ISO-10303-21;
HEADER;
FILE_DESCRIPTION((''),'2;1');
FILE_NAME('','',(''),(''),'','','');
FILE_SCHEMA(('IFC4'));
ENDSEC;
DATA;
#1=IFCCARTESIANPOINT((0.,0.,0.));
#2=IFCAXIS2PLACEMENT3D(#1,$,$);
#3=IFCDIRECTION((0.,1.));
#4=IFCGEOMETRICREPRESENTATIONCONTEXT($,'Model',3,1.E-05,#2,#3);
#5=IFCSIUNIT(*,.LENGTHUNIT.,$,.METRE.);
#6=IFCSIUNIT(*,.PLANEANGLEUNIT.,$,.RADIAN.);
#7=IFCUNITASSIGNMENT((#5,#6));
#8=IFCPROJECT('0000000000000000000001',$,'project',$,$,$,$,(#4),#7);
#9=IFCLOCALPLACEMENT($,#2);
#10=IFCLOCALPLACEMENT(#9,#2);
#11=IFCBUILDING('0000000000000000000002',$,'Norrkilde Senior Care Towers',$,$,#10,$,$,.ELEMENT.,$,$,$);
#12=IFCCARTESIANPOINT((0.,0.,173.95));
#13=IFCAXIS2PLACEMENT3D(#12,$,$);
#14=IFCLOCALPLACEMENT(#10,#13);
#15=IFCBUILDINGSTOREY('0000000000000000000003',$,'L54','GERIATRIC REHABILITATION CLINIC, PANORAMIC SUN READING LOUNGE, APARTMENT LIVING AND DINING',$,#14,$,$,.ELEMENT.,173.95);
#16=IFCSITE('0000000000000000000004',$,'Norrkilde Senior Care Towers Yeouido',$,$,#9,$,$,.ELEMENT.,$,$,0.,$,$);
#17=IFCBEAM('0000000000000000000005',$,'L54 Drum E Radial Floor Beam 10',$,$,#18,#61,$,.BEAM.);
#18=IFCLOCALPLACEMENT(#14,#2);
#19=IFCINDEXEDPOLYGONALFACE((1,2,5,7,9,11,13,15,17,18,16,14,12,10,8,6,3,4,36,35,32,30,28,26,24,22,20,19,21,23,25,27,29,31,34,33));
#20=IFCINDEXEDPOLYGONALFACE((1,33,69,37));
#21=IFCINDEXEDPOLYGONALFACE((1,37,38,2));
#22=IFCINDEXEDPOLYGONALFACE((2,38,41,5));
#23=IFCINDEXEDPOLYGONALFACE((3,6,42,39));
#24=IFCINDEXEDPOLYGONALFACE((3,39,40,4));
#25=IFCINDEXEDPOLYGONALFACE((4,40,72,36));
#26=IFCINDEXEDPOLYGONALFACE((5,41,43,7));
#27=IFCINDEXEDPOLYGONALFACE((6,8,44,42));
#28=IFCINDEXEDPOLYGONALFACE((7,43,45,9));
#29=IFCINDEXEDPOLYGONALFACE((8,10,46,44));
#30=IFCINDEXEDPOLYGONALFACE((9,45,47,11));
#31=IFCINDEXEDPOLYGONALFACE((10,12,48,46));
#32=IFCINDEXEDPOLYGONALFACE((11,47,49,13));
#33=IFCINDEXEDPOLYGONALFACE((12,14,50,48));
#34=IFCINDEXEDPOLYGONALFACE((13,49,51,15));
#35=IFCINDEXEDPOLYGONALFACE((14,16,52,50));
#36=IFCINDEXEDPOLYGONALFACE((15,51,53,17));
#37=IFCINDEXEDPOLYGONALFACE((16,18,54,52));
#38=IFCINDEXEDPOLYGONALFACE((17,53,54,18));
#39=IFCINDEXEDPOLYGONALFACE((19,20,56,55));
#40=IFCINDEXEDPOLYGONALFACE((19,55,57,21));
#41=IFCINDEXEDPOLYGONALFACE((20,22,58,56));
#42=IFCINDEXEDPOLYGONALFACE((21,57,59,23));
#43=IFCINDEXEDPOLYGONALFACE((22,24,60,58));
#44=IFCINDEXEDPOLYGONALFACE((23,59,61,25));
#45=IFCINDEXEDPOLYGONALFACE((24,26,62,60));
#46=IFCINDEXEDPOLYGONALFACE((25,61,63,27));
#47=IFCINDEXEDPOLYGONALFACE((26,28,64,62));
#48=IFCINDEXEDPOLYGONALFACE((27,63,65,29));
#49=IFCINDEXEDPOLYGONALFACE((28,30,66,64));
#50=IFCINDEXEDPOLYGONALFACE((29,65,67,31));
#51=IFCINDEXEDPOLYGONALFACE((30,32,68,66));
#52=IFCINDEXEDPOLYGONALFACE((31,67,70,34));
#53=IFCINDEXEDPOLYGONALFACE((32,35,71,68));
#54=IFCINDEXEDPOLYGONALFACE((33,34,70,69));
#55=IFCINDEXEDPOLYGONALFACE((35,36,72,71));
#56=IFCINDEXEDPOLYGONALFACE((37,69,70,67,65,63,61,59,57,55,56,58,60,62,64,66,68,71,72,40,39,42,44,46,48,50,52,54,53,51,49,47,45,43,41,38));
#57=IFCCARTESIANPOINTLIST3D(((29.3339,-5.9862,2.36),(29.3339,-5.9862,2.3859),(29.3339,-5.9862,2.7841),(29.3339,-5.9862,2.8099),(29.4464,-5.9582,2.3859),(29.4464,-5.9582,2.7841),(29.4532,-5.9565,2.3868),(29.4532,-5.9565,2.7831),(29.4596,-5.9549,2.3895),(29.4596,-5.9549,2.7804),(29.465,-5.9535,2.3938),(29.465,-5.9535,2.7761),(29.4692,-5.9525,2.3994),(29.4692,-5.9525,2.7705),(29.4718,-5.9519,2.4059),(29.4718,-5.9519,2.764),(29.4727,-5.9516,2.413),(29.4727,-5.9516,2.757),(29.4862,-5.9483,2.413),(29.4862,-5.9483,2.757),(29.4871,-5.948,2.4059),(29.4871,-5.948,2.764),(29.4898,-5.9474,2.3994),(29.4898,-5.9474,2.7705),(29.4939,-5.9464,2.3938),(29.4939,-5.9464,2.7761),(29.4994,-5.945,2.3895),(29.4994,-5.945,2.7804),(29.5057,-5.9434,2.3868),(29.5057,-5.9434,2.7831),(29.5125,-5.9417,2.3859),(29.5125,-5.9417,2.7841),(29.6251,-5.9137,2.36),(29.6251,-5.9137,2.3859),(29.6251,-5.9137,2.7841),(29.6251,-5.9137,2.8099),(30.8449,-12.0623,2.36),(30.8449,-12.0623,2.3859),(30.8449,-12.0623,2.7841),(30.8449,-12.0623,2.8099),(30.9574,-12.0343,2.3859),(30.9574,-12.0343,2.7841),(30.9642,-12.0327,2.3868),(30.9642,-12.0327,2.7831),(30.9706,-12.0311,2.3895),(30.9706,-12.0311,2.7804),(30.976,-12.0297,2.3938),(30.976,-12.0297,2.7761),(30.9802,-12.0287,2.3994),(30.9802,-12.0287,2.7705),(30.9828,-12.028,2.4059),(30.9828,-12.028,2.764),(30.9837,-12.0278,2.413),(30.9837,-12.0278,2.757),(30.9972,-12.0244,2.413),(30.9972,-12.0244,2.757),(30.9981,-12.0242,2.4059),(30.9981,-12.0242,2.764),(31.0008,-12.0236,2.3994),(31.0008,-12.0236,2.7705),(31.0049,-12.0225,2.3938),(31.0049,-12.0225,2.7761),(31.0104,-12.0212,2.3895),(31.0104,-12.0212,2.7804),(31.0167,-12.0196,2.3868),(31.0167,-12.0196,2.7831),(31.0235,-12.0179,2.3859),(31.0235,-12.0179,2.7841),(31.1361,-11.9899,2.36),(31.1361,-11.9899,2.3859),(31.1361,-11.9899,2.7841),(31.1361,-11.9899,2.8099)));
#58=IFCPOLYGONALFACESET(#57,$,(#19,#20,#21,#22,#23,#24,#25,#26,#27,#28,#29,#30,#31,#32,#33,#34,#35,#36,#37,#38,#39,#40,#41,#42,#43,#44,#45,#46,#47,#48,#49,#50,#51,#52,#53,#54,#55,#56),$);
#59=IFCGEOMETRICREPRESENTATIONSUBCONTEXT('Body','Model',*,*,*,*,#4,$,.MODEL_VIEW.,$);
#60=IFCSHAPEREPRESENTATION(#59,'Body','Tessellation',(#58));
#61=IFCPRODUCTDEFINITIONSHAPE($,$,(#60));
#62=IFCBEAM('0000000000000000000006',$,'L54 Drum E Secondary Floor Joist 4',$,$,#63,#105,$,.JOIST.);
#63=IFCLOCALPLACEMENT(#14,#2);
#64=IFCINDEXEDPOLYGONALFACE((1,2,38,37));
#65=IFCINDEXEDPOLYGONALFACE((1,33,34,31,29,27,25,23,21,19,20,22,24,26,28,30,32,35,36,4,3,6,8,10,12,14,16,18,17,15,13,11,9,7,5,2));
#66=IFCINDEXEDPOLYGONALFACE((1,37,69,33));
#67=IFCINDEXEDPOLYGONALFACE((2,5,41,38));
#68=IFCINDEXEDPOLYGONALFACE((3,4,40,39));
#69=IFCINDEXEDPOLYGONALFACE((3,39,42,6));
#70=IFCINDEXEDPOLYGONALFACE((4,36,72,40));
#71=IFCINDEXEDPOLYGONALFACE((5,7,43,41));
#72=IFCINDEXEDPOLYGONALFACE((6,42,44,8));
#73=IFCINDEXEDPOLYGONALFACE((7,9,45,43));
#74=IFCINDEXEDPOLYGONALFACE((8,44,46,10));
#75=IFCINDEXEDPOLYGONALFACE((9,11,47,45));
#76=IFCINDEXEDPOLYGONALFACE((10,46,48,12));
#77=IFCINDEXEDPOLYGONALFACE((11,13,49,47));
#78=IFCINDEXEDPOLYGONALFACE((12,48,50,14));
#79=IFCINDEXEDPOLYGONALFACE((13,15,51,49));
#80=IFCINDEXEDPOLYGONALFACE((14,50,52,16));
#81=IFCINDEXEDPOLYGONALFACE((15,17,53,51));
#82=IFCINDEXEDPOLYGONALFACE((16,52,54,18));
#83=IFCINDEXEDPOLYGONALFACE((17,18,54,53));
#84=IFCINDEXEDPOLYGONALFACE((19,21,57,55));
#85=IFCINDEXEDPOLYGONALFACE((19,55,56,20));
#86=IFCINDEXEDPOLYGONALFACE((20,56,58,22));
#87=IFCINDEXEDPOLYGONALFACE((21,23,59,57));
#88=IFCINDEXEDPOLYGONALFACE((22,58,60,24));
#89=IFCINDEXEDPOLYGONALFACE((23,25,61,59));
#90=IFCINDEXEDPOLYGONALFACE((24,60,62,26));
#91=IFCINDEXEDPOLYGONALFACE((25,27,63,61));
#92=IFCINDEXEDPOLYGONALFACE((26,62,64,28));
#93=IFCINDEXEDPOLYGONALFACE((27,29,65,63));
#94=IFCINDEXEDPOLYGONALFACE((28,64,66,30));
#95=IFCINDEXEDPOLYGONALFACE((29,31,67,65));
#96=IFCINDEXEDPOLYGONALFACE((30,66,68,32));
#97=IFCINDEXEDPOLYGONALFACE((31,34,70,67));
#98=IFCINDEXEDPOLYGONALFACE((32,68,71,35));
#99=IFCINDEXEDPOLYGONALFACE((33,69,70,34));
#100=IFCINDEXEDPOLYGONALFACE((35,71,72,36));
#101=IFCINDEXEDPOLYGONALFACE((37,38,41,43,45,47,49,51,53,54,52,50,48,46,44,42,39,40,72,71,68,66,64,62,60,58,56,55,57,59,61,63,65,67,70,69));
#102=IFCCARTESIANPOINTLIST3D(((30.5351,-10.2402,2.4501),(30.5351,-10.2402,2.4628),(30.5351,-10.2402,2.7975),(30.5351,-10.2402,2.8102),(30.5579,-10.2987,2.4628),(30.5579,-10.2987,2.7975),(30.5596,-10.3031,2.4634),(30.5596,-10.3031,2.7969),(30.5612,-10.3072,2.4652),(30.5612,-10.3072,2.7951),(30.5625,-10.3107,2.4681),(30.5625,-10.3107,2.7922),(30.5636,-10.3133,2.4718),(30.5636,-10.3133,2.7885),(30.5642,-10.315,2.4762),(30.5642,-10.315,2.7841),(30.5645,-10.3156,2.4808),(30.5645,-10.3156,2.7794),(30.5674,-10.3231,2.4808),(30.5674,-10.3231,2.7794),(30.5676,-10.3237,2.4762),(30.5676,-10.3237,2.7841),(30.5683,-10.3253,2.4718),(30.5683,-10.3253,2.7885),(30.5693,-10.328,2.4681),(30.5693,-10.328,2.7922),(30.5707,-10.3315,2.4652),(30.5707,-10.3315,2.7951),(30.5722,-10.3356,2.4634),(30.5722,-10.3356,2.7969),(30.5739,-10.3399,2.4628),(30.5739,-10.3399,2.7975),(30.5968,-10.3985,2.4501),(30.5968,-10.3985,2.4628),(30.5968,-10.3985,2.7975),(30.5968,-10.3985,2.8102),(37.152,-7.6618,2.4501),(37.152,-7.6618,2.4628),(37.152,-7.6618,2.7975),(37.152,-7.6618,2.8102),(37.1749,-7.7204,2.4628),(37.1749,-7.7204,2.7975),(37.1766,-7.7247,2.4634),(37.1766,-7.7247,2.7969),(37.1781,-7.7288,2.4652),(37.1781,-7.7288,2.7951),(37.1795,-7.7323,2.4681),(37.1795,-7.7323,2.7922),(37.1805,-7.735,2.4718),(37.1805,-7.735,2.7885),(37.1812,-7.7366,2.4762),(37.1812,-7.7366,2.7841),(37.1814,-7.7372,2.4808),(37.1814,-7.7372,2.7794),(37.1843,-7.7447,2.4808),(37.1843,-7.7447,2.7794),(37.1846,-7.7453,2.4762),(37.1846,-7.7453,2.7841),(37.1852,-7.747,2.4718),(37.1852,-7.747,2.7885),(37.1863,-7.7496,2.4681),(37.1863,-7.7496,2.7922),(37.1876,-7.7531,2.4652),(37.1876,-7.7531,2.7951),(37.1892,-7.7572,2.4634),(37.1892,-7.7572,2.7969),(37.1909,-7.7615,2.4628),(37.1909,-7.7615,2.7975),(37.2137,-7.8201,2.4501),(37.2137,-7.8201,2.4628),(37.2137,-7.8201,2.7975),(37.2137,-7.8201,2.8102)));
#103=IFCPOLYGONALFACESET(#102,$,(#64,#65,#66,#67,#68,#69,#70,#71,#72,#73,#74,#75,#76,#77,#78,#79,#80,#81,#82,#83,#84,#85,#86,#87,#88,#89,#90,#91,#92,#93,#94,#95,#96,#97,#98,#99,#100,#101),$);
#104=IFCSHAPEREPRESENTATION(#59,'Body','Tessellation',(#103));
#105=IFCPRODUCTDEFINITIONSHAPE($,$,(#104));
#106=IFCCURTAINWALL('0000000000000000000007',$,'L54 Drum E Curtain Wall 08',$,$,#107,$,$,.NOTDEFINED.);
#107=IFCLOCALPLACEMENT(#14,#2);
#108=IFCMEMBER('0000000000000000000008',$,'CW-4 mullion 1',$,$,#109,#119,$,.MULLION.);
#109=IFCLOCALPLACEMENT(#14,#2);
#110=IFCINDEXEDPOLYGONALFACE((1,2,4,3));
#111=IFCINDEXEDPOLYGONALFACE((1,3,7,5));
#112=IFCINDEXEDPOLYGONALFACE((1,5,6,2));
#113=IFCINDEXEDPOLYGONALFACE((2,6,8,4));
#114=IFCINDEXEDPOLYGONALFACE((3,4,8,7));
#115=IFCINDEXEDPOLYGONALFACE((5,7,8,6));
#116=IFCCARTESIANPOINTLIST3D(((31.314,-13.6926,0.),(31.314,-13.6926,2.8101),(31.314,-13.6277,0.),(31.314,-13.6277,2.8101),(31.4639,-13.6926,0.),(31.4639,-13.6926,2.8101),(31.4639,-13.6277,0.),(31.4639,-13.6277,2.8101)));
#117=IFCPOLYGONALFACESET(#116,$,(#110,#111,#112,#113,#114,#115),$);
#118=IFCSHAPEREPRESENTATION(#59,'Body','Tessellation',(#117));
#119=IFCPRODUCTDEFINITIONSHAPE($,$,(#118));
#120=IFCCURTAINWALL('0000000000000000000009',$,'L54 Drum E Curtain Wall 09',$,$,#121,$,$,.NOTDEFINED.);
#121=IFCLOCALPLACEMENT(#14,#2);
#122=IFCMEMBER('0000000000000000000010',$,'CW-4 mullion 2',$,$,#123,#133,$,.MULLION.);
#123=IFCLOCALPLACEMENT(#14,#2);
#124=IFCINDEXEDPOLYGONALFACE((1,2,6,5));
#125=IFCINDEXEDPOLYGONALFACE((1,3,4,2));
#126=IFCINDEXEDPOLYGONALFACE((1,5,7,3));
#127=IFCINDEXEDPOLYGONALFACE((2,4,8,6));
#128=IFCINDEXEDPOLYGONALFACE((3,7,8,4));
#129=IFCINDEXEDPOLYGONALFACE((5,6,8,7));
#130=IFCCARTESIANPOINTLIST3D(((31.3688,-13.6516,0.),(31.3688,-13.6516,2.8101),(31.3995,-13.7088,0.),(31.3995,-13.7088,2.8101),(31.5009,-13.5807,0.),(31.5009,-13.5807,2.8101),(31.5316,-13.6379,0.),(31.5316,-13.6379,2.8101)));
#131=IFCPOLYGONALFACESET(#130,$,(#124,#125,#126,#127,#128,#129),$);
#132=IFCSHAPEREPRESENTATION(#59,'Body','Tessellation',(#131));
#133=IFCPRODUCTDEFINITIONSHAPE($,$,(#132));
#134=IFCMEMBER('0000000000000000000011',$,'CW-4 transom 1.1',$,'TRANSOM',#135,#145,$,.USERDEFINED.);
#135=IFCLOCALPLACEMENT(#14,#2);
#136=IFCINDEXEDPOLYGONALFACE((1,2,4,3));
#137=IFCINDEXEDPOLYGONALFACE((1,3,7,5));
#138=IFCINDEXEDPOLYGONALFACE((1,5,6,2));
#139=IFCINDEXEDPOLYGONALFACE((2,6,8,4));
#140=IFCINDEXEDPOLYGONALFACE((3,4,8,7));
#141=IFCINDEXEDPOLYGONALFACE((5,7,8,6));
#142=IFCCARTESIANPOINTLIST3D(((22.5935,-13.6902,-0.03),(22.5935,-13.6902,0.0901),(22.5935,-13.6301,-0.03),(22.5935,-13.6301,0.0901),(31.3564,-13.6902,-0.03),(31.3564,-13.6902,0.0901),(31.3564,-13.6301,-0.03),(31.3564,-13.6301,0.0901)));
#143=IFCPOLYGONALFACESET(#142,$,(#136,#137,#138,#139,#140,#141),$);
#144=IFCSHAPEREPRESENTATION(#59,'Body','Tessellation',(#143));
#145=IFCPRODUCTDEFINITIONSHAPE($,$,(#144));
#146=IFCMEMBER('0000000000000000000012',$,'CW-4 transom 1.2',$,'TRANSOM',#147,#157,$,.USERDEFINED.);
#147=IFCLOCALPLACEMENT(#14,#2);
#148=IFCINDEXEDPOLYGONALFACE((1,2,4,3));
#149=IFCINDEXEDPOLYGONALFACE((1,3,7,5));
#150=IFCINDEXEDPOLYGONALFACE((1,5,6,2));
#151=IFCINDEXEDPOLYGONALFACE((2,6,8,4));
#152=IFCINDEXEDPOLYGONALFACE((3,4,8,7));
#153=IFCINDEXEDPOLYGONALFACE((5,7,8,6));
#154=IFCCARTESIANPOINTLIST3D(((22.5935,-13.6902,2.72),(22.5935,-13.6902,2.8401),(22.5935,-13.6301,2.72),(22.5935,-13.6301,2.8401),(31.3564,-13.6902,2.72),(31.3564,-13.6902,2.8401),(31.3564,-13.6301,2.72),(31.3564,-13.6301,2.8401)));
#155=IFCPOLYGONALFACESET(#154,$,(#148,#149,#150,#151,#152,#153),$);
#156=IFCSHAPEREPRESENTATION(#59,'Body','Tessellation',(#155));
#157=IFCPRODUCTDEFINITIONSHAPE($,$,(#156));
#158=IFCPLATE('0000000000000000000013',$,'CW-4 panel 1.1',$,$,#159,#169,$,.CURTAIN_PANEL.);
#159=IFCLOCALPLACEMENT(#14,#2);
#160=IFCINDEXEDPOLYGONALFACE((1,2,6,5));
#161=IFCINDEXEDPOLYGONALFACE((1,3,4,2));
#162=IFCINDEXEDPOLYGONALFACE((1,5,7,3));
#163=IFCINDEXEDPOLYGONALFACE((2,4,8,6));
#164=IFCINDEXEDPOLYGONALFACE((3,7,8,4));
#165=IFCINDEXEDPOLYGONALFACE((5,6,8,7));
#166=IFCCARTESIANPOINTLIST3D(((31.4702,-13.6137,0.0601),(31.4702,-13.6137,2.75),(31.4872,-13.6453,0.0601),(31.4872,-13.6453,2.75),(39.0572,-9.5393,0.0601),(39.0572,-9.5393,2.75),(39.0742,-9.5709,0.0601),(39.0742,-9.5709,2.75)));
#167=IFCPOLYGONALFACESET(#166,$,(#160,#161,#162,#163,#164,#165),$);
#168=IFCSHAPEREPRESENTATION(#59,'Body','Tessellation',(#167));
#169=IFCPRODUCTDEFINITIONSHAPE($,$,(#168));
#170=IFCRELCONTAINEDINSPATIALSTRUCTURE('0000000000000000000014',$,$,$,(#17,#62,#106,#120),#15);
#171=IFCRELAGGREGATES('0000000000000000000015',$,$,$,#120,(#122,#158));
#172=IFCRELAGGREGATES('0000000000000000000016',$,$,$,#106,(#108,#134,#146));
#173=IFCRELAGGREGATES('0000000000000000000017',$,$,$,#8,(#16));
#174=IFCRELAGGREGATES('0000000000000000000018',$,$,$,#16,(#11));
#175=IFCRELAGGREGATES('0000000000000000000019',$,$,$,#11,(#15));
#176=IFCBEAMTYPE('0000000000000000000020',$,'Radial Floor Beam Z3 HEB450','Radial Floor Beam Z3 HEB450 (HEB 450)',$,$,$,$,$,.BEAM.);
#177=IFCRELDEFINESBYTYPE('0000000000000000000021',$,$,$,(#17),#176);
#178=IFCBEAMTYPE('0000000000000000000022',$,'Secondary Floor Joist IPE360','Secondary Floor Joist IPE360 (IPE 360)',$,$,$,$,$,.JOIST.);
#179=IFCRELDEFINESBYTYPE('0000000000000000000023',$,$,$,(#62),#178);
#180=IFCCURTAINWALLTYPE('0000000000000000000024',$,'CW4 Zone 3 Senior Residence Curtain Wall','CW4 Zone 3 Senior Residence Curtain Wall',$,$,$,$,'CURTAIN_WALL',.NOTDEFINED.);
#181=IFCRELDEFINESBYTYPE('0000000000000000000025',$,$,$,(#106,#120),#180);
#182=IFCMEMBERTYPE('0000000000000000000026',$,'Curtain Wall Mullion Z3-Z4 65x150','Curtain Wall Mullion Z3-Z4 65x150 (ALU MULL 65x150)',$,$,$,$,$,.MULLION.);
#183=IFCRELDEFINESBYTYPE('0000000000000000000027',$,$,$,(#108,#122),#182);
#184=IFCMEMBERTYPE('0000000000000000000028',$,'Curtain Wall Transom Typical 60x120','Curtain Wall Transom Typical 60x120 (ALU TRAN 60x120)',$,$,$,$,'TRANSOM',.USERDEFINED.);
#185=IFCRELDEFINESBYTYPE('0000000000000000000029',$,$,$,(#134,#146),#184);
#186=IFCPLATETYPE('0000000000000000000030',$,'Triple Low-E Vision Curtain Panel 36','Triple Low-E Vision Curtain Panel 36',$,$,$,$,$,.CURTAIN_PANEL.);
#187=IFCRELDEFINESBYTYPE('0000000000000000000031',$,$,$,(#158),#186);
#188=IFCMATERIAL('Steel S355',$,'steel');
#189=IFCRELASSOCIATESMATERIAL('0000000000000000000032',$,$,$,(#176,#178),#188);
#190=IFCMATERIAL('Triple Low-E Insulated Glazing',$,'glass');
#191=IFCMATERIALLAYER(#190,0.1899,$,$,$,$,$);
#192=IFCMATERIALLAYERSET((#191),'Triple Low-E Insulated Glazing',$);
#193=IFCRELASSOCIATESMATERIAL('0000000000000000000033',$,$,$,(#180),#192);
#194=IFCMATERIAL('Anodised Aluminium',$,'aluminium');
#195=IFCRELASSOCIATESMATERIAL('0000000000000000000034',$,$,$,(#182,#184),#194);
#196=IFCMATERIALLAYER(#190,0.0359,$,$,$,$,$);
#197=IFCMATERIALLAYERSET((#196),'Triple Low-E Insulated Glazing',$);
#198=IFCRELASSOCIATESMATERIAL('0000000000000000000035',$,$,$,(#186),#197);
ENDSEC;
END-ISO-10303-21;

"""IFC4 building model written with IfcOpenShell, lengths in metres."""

from ifc_helpers import new_model, si_unit, direction, frame, origin, origin_2d, place, context, subcontext, project, spatial, rectangle, i_section, extrude, source, transform, mapped, material, layer, layer_set, material_profile, profile_set, type_object, type_shapes, element, aggregate, save


model = new_model("IFC4")

# Units and contexts
model_context = context("Model", 3, precision=1e-05, world=origin(), true_north=direction((0.0, 1.0)))
body_context = subcontext(model_context, "Body", "Model", "MODEL_VIEW")
ifc_project = project(units=[si_unit("LENGTHUNIT", "METRE"), si_unit("PLANEANGLEUNIT", "RADIAN")], contexts=[model_context])

# Site, building, storey
site_placement = place(None, origin())
site = spatial("IfcSite", under=ifc_project, at=site_placement, Name="Norrkilde Senior Care Towers Yeouido", CompositionType="ELEMENT", RefElevation=0.0)
building_placement = place(site_placement, origin())
building = spatial("IfcBuilding", under=site, at=building_placement, Name="Norrkilde Senior Care Towers", CompositionType="ELEMENT")
storey_placement = place(building_placement, frame((0.0, 0.0, 173.95)))
storey = spatial("IfcBuildingStorey", under=building, at=storey_placement, Name="L54", Description="GERIATRIC REHABILITATION CLINIC, PANORAMIC SUN READING LOUNGE, APARTMENT LIVING AND DINING", CompositionType="ELEMENT", Elevation=173.95)

# Beams
ifc_material_1 = material(Name="Steel S355", Category="steel")
ifc_material_profile_1 = material_profile(ifc_material_1, i_section(OverallWidth=0.3, OverallDepth=0.45, WebThickness=0.0139, FlangeThickness=0.0259, FilletRadius=0.0271, at=origin_2d()), Name="HEB 450")
ifc_profile_set_1 = profile_set([ifc_material_profile_1], Name="Steel S355")
beam_type_1 = type_object("IfcBeamType", Name="Radial Floor Beam Z3 HEB450", Description="Radial Floor Beam Z3 HEB450 (HEB 450)", PredefinedType="BEAM", material=ifc_profile_set_1)
shared_shape_1 = source(origin(), body_context, "Body", "SweptSolid", [
    extrude(i_section(OverallWidth=0.3, OverallDepth=0.45, WebThickness=0.0139, FlangeThickness=0.0259, FilletRadius=0.0271, at=origin_2d()), origin(), (0.0, 0.0, 1.0), 6.2612),
])
beam_1_placement = place(storey_placement, frame((29.4795, -5.95, 2.585), z_axis=(0.241324, -0.970445, 0.0), x_axis=(0.970445, 0.241324, 0.0)))
element("IfcBeam", 1, at=beam_1_placement, inside=storey, type_object=beam_type_1, Name="L54 Drum E Radial Floor Beam 10", PredefinedType="BEAM", context=body_context, shape_type="MappedRepresentation", body=[
    mapped(shared_shape_1, transform((0.0, 0.0, 0.0), x_axis=(1.0, 0.0, 0.0), y_axis=(0.0, 1.0, 0.0), z_axis=(0.0, 0.0, 1.0), scale=1.0)),
])
ifc_material_profile_2 = material_profile(ifc_material_1, i_section(OverallWidth=0.1699, OverallDepth=0.3601, WebThickness=0.0081, FlangeThickness=0.0127, FilletRadius=0.0181, at=origin_2d()), Name="IPE 360")
ifc_profile_set_2 = profile_set([ifc_material_profile_2], Name="Steel S355")
beam_type_2 = type_object("IfcBeamType", Name="Secondary Floor Joist IPE360", Description="Secondary Floor Joist IPE360 (IPE 360)", PredefinedType="JOIST", material=ifc_profile_set_2)
shared_shape_2 = source(origin(), body_context, "Body", "SweptSolid", [
    extrude(i_section(OverallWidth=0.1699, OverallDepth=0.3601, WebThickness=0.0081, FlangeThickness=0.0127, FilletRadius=0.0181, at=origin_2d()), origin(), (0.0, 0.0, 1.0), 7.1016),
])
type_shapes(beam_type_2, [shared_shape_2])
beam_2_placement = place(storey_placement, frame((30.5659, -10.3193, 2.6301), z_axis=(0.931761, 0.363072, 0.0), x_axis=(-0.363072, 0.931761, 0.0)))
element("IfcBeam", 2, at=beam_2_placement, inside=storey, type_object=beam_type_2, Name="L54 Drum E Secondary Floor Joist 4", PredefinedType="JOIST", context=body_context, shape_type="MappedRepresentation", body=[
    mapped(shared_shape_2, transform((0.0, 0.0, 0.0), x_axis=(1.0, 0.0, 0.0), y_axis=(0.0, 1.0, 0.0), z_axis=(0.0, 0.0, 1.0), scale=1.0)),
])

# Curtain walls, members
ifc_material_2 = material(Name="Triple Low-E Insulated Glazing", Category="glass")
ifc_layer_1 = layer(ifc_material_2, 0.1899)
ifc_layer_set_1 = layer_set([ifc_layer_1], Name="Triple Low-E Insulated Glazing")
curtain_wall_type = type_object("IfcCurtainWallType", Name="CW4 Zone 3 Senior Residence Curtain Wall", Description="CW4 Zone 3 Senior Residence Curtain Wall", ElementType="CURTAIN_WALL", PredefinedType="NOTDEFINED", material=ifc_layer_set_1)
curtain_wall_1_placement = place(storey_placement, origin())
curtain_wall_1 = element("IfcCurtainWall", 3, at=curtain_wall_1_placement, inside=storey, type_object=curtain_wall_type, Name="L54 Drum E Curtain Wall 08", PredefinedType="NOTDEFINED")
ifc_material_3 = material(Name="Anodised Aluminium", Category="aluminium")
ifc_material_profile_3 = material_profile(ifc_material_3, rectangle(XDim=0.0649, YDim=0.1499, at=origin_2d()), Name="ALU MULL 65x150")
ifc_profile_set_3 = profile_set([ifc_material_profile_3], Name="Anodised Aluminium")
member_type_1 = type_object("IfcMemberType", Name="Curtain Wall Mullion Z3-Z4 65x150", Description="Curtain Wall Mullion Z3-Z4 65x150 (ALU MULL 65x150)", PredefinedType="MULLION", material=ifc_profile_set_3)
shared_shape_3 = source(origin(), body_context, "Body", "SweptSolid", [
    extrude(rectangle(XDim=0.0649, YDim=0.1499, at=origin_2d()), origin(), (0.0, 0.0, 1.0), 2.8101),
])
type_shapes(member_type_1, [shared_shape_3])
member_1_placement = place(storey_placement, frame((31.3889, -13.6602, 0.0), z_axis=(0.0, 0.0, 1.0), x_axis=(0.0, -1.0, 0.0)))
member_1 = element("IfcMember", 4, at=member_1_placement, type_object=member_type_1, Name="CW-4 mullion 1", PredefinedType="MULLION", context=body_context, shape_type="MappedRepresentation", body=[
    mapped(shared_shape_3, transform((0.0, 0.0, 0.0), x_axis=(1.0, 0.0, 0.0), y_axis=(0.0, 1.0, 0.0), z_axis=(0.0, 0.0, 1.0), scale=1.0)),
])
curtain_wall_2_placement = place(storey_placement, origin())
curtain_wall_2 = element("IfcCurtainWall", 5, at=curtain_wall_2_placement, inside=storey, type_object=curtain_wall_type, Name="L54 Drum E Curtain Wall 09", PredefinedType="NOTDEFINED")
member_2_placement = place(storey_placement, frame((31.4502, -13.6448, 0.0), z_axis=(0.0, 0.0, 1.0), x_axis=(0.473117, -0.881, 0.0)))
member_2 = element("IfcMember", 6, at=member_2_placement, type_object=member_type_1, Name="CW-4 mullion 2", PredefinedType="MULLION", context=body_context, shape_type="MappedRepresentation", body=[
    mapped(shared_shape_3, transform((0.0, 0.0, 0.0), x_axis=(1.0, 0.0, 0.0), y_axis=(0.0, 1.0, 0.0), z_axis=(0.0, 0.0, 1.0), scale=1.0)),
])

# Members
ifc_material_profile_4 = material_profile(ifc_material_3, rectangle(XDim=0.0601, YDim=0.1201, at=origin_2d()), Name="ALU TRAN 60x120")
ifc_profile_set_4 = profile_set([ifc_material_profile_4], Name="Anodised Aluminium")
member_type_2 = type_object("IfcMemberType", Name="Curtain Wall Transom Typical 60x120", Description="Curtain Wall Transom Typical 60x120 (ALU TRAN 60x120)", ElementType="TRANSOM", PredefinedType="USERDEFINED", material=ifc_profile_set_4)
shared_shape_4 = source(origin(), body_context, "Body", "SweptSolid", [
    extrude(rectangle(XDim=0.0601, YDim=0.1201, at=origin_2d()), origin(), (0.0, 0.0, 1.0), 8.7629),
])
type_shapes(member_type_2, [shared_shape_4])
member_3_placement = place(storey_placement, frame((31.3564, -13.6602, 0.03), z_axis=(-1.0, 0.0, 0.0), x_axis=(0.0, -1.0, 0.0)))
member_3 = element("IfcMember", 7, at=member_3_placement, type_object=member_type_2, Name="CW-4 transom 1.1", ObjectType="TRANSOM", PredefinedType="USERDEFINED", context=body_context, shape_type="MappedRepresentation", body=[
    mapped(shared_shape_4, transform((0.0, 0.0, 0.0), x_axis=(1.0, 0.0, 0.0), y_axis=(0.0, 1.0, 0.0), z_axis=(0.0, 0.0, 1.0), scale=1.0)),
])
member_4_placement = place(storey_placement, frame((31.3564, -13.6602, 2.78), z_axis=(-1.0, 0.0, 0.0), x_axis=(0.0, -1.0, 0.0)))
member_4 = element("IfcMember", 8, at=member_4_placement, type_object=member_type_2, Name="CW-4 transom 1.2", ObjectType="TRANSOM", PredefinedType="USERDEFINED", context=body_context, shape_type="MappedRepresentation", body=[
    mapped(shared_shape_4, transform((0.0, 0.0, 0.0), x_axis=(1.0, 0.0, 0.0), y_axis=(0.0, 1.0, 0.0), z_axis=(0.0, 0.0, 1.0), scale=1.0)),
])

# Plate
ifc_layer_2 = layer(ifc_material_2, 0.0359)
ifc_layer_set_2 = layer_set([ifc_layer_2], Name="Triple Low-E Insulated Glazing")
plate_type = type_object("IfcPlateType", Name="Triple Low-E Vision Curtain Panel 36", Description="Triple Low-E Vision Curtain Panel 36", PredefinedType="CURTAIN_PANEL", material=ifc_layer_set_2)
shared_shape_5 = source(origin(), body_context, "Body", "SweptSolid", [
    extrude(rectangle(XDim=8.6118, YDim=0.0359, at=origin_2d()), origin(), (0.0, 0.0, 1.0), 2.6899),
])
plate_1_placement = place(storey_placement, frame((35.2722, -11.5923, 0.0601), z_axis=(0.0, 0.0, 1.0), x_axis=(-0.881, -0.473117, 0.0)))
plate_1 = element("IfcPlate", 9, at=plate_1_placement, type_object=plate_type, Name="CW-4 panel 1.1", PredefinedType="CURTAIN_PANEL", context=body_context, shape_type="MappedRepresentation", body=[
    mapped(shared_shape_5, transform((0.0, 0.0, 0.0), x_axis=(1.0, 0.0, 0.0), y_axis=(0.0, 1.0, 0.0), z_axis=(0.0, 0.0, 1.0), scale=1.0)),
])
aggregate(curtain_wall_2, [member_2, plate_1])
aggregate(curtain_wall_1, [member_1, member_3, member_4])

save(model, "model.ifc")
